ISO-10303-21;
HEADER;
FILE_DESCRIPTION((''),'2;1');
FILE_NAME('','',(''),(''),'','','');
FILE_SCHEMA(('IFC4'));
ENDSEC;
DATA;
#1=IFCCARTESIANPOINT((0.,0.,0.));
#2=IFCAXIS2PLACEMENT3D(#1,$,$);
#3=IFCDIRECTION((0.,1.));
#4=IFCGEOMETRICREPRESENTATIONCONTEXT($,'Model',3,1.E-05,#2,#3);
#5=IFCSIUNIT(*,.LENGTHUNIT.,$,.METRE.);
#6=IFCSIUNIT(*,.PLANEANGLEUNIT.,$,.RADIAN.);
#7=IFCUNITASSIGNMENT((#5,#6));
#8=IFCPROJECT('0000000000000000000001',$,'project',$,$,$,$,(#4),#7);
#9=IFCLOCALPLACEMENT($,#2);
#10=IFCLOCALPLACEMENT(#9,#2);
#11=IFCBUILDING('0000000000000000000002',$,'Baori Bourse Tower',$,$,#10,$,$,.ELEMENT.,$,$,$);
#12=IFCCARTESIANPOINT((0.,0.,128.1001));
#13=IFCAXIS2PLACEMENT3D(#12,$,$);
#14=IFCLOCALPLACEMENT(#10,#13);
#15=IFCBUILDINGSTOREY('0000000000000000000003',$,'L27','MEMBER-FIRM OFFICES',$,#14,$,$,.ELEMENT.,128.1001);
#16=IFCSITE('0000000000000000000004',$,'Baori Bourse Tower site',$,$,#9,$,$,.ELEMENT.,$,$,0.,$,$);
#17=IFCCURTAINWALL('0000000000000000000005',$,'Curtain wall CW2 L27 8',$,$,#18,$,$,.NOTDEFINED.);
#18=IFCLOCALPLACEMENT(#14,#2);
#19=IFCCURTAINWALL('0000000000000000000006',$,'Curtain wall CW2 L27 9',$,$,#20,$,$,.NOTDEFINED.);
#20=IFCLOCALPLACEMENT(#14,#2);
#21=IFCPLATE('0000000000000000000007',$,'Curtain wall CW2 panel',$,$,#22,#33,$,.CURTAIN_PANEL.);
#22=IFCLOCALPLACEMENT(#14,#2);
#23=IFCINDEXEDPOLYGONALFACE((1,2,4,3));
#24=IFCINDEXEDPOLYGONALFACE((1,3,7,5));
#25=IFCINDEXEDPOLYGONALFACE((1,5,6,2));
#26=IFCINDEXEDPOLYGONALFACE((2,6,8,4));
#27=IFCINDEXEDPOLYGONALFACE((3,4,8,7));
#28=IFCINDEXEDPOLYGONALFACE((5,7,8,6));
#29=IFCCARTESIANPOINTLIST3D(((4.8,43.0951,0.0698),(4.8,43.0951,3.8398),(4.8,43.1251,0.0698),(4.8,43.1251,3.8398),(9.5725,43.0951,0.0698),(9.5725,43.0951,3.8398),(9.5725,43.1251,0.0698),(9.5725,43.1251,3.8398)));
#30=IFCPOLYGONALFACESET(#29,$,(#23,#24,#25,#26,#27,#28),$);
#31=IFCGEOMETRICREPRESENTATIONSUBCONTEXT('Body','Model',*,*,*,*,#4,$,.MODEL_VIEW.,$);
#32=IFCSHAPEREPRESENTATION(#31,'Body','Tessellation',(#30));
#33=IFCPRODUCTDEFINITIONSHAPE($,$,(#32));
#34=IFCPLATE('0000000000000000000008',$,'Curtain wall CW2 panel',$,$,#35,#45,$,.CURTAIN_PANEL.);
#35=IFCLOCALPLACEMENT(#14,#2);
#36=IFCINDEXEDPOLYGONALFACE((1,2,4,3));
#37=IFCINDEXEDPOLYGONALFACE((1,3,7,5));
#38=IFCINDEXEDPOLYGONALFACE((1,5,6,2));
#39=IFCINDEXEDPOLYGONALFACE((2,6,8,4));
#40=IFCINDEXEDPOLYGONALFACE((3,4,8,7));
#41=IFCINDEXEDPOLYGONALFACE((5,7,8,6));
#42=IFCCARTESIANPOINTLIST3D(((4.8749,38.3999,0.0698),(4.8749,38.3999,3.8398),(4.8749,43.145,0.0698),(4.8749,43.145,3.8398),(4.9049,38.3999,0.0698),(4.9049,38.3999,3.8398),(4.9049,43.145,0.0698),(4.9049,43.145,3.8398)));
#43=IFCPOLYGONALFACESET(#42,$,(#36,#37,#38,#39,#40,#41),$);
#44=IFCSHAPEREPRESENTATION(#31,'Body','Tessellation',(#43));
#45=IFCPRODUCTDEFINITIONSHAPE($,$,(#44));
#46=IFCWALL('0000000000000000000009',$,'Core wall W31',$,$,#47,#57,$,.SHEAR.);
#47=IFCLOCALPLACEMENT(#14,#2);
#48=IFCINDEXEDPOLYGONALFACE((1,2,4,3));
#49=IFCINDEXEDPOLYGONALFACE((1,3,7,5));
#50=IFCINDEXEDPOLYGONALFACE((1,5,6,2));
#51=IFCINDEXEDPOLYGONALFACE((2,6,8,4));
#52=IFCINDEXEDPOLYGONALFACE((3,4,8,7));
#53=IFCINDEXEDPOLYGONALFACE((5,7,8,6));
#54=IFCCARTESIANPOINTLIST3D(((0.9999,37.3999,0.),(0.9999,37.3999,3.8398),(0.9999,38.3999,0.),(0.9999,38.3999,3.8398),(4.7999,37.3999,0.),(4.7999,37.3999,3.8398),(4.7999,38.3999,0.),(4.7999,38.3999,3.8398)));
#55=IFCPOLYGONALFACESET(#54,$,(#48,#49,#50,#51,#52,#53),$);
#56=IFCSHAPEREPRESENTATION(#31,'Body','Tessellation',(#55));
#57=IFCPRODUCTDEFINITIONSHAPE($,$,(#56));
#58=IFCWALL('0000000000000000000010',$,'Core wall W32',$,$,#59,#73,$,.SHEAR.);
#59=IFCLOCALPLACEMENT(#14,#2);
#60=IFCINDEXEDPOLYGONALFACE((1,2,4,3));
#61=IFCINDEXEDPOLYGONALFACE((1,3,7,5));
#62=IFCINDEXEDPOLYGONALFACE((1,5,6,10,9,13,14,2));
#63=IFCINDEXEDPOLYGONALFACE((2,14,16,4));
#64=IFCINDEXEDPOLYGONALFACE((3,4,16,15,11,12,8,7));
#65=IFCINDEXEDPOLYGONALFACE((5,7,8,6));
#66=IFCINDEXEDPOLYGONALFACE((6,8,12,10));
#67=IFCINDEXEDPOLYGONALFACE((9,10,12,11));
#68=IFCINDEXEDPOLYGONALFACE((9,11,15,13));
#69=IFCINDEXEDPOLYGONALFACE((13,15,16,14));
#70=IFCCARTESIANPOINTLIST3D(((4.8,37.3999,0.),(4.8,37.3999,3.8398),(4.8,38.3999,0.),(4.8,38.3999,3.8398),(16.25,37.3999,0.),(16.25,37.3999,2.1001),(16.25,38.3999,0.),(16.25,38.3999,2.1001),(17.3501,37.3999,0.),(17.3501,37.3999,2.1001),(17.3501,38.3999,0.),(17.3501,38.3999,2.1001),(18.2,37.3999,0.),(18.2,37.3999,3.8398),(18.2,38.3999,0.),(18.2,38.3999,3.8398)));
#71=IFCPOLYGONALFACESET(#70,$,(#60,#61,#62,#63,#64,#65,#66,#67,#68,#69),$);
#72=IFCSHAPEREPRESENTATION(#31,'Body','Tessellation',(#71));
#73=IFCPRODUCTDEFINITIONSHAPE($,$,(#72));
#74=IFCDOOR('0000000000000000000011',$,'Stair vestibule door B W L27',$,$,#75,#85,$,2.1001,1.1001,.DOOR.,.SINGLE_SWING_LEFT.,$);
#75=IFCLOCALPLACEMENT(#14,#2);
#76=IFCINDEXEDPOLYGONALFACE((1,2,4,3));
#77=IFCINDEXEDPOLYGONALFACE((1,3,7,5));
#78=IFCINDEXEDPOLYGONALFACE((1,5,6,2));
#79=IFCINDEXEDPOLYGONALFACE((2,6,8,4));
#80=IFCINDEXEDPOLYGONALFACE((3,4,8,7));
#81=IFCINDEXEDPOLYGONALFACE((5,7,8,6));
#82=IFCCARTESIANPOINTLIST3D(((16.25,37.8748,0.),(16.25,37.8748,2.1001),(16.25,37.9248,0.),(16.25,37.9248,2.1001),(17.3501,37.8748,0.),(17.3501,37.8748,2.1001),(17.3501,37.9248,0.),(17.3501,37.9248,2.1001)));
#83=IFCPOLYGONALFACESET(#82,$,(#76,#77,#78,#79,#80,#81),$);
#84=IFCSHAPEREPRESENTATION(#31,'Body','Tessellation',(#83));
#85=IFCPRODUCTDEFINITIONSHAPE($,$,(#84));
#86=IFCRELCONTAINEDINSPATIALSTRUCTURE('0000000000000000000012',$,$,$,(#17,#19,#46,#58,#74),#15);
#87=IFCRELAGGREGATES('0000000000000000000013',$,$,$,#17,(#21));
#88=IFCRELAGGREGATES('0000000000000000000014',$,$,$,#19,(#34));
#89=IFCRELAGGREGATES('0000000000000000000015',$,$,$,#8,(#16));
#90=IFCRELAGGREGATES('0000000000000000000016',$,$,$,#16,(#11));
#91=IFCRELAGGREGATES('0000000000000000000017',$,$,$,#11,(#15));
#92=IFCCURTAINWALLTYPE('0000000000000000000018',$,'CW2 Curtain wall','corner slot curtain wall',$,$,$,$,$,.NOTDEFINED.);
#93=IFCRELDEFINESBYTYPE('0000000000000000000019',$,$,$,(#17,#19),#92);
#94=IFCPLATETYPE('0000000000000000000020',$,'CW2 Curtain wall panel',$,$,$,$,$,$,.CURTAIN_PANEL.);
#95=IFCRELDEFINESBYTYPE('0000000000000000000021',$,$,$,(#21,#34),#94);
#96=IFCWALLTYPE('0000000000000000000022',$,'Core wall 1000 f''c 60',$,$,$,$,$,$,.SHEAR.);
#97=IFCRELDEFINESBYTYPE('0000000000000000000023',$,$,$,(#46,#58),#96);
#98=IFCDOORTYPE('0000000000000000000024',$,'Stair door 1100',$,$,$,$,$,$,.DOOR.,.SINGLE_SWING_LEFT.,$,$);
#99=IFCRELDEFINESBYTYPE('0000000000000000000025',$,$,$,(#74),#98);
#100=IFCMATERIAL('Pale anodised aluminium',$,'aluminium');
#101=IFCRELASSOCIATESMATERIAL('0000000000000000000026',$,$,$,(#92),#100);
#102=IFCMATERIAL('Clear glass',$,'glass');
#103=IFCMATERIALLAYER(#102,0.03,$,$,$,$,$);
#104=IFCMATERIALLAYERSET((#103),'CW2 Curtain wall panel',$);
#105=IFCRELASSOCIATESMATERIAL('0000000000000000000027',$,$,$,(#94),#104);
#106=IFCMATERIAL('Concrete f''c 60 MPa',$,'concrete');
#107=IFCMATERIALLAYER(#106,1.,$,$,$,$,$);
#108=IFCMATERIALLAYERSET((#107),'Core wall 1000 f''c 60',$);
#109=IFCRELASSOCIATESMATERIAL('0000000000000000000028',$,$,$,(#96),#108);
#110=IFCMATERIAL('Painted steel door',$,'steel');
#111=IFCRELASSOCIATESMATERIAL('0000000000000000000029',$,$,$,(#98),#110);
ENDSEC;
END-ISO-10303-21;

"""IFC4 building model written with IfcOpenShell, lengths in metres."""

from ifc_helpers import new_model, si_unit, direction, frame, frame_2d, origin, origin_2d, place, context, subcontext, project, spatial, rectangle, extrude, material, layer, layer_set, type_object, element, fill, aggregate, save


model = new_model("IFC4")

# Units and contexts
model_context = context("Model", 3, precision=1e-05, world=origin(), true_north=direction((0.0, 1.0)))
body_context = subcontext(model_context, "Body", "Model", "MODEL_VIEW")
ifc_project = project(units=[si_unit("LENGTHUNIT", "METRE"), si_unit("PLANEANGLEUNIT", "RADIAN")], contexts=[model_context])

# Site, building, storey
site_placement = place(None, origin())
site = spatial("IfcSite", under=ifc_project, at=site_placement, Name="Baori Bourse Tower site", CompositionType="ELEMENT", RefElevation=0.0)
building_placement = place(site_placement, origin())
building = spatial("IfcBuilding", under=site, at=building_placement, Name="Baori Bourse Tower", CompositionType="ELEMENT")
storey_placement = place(building_placement, frame((0.0, 0.0, 128.1001)))
storey = spatial("IfcBuildingStorey", under=building, at=storey_placement, Name="L27", Description="MEMBER-FIRM OFFICES", CompositionType="ELEMENT", Elevation=128.1001)

# Curtain wall
ifc_material_1 = material(Name="Pale anodised aluminium", Category="aluminium")
curtain_wall_type = type_object("IfcCurtainWallType", Name="CW2 Curtain wall", Description="corner slot curtain wall", PredefinedType="NOTDEFINED", material=ifc_material_1)
curtain_wall_1_placement = place(storey_placement, origin())
curtain_wall_1 = element("IfcCurtainWall", 1, at=curtain_wall_1_placement, inside=storey, type_object=curtain_wall_type, Name="Curtain wall CW2 L27 8", PredefinedType="NOTDEFINED")

# Curtain wall
curtain_wall_2_placement = place(storey_placement, origin())
curtain_wall_2 = element("IfcCurtainWall", 2, at=curtain_wall_2_placement, inside=storey, type_object=curtain_wall_type, Name="Curtain wall CW2 L27 9", PredefinedType="NOTDEFINED")

# Plates
ifc_material_2 = material(Name="Clear glass", Category="glass")
ifc_layer_1 = layer(ifc_material_2, 0.03)
ifc_layer_set_1 = layer_set([ifc_layer_1], Name="CW2 Curtain wall panel")
plate_type = type_object("IfcPlateType", Name="CW2 Curtain wall panel", PredefinedType="CURTAIN_PANEL", material=ifc_layer_set_1)
plate_1_placement = place(storey_placement, frame((7.1863, 43.1101, 0.0698), z_axis=(0.0, 0.0, 1.0), x_axis=(-1.0, 0.0, 0.0)))
plate_1 = element("IfcPlate", 3, at=plate_1_placement, type_object=plate_type, Name="Curtain wall CW2 panel", PredefinedType="CURTAIN_PANEL", context=body_context, shape_type="SweptSolid", body=[
    extrude(rectangle(XDim=4.7725, YDim=0.03, at=origin_2d()), origin(), (0.0, 0.0, 1.0), 3.77),
])
aggregate(curtain_wall_1, [plate_1])
plate_2_placement = place(storey_placement, frame((4.8899, 40.7725, 0.0698), z_axis=(0.0, 0.0, 1.0), x_axis=(0.0, -1.0, 0.0)))
plate_2 = element("IfcPlate", 4, at=plate_2_placement, type_object=plate_type, Name="Curtain wall CW2 panel", PredefinedType="CURTAIN_PANEL", context=body_context, shape_type="SweptSolid", body=[
    extrude(rectangle(XDim=4.7451, YDim=0.03, at=origin_2d()), origin(), (0.0, 0.0, 1.0), 3.77),
])
aggregate(curtain_wall_2, [plate_2])

# Wall
ifc_material_3 = material(Name="Concrete f'c 60 MPa", Category="concrete")
ifc_layer_2 = layer(ifc_material_3, 1.0)
ifc_layer_set_2 = layer_set([ifc_layer_2], Name="Core wall 1000 f'c 60")
wall_type_1 = type_object("IfcWallType", Name="Core wall 1000 f'c 60", PredefinedType="SHEAR", material=ifc_layer_set_2)
wall_1_placement = place(storey_placement, frame((1.0, 37.8999, 0.0), z_axis=(0.0, 0.0, 1.0), x_axis=(1.0, 0.0, 0.0)))
element("IfcWall", 5, at=wall_1_placement, inside=storey, type_object=wall_type_1, Name="Core wall W31", PredefinedType="SHEAR", context=body_context, shape_type="SweptSolid", body=[
    extrude(rectangle(XDim=3.8, YDim=1.0, at=frame_2d((1.8999, 0.0))), origin(), (0.0, 0.0, 1.0), 3.8398),
])

# Wall, opening, door
wall_2_placement = place(storey_placement, frame((4.8, 37.8999, 0.0), z_axis=(0.0, 0.0, 1.0), x_axis=(1.0, 0.0, 0.0)))
wall_2 = element("IfcWall", 6, at=wall_2_placement, inside=storey, type_object=wall_type_1, Name="Core wall W32", PredefinedType="SHEAR", context=body_context, shape_type="SweptSolid", body=[
    extrude(rectangle(XDim=13.3999, YDim=1.0, at=frame_2d((6.7, 0.0))), origin(), (0.0, 0.0, 1.0), 3.8398),
])
opening_1_placement = place(wall_2_placement, frame((11.45, 0.0, 0.0)))
opening_1 = element("IfcOpeningElement", 7, at=opening_1_placement, cuts=wall_2, PredefinedType="OPENING", context=body_context, shape_type="SweptSolid", body=[
    extrude(rectangle(XDim=1.1001, YDim=2.1001, at=frame_2d((0.55, 1.05))), frame((0.0, 0.51, 0.0), z_axis=(0.0, -1.0, 0.0), x_axis=(1.0, 0.0, 0.0)), (0.0, 0.0, 1.0), 1.02),
])
ifc_material_4 = material(Name="Painted steel door", Category="steel")
door_type_1 = type_object("IfcDoorType", Name="Stair door 1100", OperationType="SINGLE_SWING_LEFT", PredefinedType="DOOR", material=ifc_material_4)
door_1_placement = place(opening_1_placement, origin())
door_1 = element("IfcDoor", 8, at=door_1_placement, inside=storey, type_object=door_type_1, Name="Stair vestibule door B W L27", OperationType="SINGLE_SWING_LEFT", OverallHeight=2.1001, OverallWidth=1.1001, PredefinedType="DOOR", context=body_context, shape_type="SweptSolid", body=[
    extrude(rectangle(XDim=1.1001, YDim=2.1001, at=frame_2d((0.55, 1.05))), frame((0.0, 0.0249, 0.0), z_axis=(0.0, -1.0, 0.0), x_axis=(1.0, 0.0, 0.0)), (0.0, 0.0, 1.0), 0.05),
])
fill(opening_1, door_1)

save(model, "model.ifc")
